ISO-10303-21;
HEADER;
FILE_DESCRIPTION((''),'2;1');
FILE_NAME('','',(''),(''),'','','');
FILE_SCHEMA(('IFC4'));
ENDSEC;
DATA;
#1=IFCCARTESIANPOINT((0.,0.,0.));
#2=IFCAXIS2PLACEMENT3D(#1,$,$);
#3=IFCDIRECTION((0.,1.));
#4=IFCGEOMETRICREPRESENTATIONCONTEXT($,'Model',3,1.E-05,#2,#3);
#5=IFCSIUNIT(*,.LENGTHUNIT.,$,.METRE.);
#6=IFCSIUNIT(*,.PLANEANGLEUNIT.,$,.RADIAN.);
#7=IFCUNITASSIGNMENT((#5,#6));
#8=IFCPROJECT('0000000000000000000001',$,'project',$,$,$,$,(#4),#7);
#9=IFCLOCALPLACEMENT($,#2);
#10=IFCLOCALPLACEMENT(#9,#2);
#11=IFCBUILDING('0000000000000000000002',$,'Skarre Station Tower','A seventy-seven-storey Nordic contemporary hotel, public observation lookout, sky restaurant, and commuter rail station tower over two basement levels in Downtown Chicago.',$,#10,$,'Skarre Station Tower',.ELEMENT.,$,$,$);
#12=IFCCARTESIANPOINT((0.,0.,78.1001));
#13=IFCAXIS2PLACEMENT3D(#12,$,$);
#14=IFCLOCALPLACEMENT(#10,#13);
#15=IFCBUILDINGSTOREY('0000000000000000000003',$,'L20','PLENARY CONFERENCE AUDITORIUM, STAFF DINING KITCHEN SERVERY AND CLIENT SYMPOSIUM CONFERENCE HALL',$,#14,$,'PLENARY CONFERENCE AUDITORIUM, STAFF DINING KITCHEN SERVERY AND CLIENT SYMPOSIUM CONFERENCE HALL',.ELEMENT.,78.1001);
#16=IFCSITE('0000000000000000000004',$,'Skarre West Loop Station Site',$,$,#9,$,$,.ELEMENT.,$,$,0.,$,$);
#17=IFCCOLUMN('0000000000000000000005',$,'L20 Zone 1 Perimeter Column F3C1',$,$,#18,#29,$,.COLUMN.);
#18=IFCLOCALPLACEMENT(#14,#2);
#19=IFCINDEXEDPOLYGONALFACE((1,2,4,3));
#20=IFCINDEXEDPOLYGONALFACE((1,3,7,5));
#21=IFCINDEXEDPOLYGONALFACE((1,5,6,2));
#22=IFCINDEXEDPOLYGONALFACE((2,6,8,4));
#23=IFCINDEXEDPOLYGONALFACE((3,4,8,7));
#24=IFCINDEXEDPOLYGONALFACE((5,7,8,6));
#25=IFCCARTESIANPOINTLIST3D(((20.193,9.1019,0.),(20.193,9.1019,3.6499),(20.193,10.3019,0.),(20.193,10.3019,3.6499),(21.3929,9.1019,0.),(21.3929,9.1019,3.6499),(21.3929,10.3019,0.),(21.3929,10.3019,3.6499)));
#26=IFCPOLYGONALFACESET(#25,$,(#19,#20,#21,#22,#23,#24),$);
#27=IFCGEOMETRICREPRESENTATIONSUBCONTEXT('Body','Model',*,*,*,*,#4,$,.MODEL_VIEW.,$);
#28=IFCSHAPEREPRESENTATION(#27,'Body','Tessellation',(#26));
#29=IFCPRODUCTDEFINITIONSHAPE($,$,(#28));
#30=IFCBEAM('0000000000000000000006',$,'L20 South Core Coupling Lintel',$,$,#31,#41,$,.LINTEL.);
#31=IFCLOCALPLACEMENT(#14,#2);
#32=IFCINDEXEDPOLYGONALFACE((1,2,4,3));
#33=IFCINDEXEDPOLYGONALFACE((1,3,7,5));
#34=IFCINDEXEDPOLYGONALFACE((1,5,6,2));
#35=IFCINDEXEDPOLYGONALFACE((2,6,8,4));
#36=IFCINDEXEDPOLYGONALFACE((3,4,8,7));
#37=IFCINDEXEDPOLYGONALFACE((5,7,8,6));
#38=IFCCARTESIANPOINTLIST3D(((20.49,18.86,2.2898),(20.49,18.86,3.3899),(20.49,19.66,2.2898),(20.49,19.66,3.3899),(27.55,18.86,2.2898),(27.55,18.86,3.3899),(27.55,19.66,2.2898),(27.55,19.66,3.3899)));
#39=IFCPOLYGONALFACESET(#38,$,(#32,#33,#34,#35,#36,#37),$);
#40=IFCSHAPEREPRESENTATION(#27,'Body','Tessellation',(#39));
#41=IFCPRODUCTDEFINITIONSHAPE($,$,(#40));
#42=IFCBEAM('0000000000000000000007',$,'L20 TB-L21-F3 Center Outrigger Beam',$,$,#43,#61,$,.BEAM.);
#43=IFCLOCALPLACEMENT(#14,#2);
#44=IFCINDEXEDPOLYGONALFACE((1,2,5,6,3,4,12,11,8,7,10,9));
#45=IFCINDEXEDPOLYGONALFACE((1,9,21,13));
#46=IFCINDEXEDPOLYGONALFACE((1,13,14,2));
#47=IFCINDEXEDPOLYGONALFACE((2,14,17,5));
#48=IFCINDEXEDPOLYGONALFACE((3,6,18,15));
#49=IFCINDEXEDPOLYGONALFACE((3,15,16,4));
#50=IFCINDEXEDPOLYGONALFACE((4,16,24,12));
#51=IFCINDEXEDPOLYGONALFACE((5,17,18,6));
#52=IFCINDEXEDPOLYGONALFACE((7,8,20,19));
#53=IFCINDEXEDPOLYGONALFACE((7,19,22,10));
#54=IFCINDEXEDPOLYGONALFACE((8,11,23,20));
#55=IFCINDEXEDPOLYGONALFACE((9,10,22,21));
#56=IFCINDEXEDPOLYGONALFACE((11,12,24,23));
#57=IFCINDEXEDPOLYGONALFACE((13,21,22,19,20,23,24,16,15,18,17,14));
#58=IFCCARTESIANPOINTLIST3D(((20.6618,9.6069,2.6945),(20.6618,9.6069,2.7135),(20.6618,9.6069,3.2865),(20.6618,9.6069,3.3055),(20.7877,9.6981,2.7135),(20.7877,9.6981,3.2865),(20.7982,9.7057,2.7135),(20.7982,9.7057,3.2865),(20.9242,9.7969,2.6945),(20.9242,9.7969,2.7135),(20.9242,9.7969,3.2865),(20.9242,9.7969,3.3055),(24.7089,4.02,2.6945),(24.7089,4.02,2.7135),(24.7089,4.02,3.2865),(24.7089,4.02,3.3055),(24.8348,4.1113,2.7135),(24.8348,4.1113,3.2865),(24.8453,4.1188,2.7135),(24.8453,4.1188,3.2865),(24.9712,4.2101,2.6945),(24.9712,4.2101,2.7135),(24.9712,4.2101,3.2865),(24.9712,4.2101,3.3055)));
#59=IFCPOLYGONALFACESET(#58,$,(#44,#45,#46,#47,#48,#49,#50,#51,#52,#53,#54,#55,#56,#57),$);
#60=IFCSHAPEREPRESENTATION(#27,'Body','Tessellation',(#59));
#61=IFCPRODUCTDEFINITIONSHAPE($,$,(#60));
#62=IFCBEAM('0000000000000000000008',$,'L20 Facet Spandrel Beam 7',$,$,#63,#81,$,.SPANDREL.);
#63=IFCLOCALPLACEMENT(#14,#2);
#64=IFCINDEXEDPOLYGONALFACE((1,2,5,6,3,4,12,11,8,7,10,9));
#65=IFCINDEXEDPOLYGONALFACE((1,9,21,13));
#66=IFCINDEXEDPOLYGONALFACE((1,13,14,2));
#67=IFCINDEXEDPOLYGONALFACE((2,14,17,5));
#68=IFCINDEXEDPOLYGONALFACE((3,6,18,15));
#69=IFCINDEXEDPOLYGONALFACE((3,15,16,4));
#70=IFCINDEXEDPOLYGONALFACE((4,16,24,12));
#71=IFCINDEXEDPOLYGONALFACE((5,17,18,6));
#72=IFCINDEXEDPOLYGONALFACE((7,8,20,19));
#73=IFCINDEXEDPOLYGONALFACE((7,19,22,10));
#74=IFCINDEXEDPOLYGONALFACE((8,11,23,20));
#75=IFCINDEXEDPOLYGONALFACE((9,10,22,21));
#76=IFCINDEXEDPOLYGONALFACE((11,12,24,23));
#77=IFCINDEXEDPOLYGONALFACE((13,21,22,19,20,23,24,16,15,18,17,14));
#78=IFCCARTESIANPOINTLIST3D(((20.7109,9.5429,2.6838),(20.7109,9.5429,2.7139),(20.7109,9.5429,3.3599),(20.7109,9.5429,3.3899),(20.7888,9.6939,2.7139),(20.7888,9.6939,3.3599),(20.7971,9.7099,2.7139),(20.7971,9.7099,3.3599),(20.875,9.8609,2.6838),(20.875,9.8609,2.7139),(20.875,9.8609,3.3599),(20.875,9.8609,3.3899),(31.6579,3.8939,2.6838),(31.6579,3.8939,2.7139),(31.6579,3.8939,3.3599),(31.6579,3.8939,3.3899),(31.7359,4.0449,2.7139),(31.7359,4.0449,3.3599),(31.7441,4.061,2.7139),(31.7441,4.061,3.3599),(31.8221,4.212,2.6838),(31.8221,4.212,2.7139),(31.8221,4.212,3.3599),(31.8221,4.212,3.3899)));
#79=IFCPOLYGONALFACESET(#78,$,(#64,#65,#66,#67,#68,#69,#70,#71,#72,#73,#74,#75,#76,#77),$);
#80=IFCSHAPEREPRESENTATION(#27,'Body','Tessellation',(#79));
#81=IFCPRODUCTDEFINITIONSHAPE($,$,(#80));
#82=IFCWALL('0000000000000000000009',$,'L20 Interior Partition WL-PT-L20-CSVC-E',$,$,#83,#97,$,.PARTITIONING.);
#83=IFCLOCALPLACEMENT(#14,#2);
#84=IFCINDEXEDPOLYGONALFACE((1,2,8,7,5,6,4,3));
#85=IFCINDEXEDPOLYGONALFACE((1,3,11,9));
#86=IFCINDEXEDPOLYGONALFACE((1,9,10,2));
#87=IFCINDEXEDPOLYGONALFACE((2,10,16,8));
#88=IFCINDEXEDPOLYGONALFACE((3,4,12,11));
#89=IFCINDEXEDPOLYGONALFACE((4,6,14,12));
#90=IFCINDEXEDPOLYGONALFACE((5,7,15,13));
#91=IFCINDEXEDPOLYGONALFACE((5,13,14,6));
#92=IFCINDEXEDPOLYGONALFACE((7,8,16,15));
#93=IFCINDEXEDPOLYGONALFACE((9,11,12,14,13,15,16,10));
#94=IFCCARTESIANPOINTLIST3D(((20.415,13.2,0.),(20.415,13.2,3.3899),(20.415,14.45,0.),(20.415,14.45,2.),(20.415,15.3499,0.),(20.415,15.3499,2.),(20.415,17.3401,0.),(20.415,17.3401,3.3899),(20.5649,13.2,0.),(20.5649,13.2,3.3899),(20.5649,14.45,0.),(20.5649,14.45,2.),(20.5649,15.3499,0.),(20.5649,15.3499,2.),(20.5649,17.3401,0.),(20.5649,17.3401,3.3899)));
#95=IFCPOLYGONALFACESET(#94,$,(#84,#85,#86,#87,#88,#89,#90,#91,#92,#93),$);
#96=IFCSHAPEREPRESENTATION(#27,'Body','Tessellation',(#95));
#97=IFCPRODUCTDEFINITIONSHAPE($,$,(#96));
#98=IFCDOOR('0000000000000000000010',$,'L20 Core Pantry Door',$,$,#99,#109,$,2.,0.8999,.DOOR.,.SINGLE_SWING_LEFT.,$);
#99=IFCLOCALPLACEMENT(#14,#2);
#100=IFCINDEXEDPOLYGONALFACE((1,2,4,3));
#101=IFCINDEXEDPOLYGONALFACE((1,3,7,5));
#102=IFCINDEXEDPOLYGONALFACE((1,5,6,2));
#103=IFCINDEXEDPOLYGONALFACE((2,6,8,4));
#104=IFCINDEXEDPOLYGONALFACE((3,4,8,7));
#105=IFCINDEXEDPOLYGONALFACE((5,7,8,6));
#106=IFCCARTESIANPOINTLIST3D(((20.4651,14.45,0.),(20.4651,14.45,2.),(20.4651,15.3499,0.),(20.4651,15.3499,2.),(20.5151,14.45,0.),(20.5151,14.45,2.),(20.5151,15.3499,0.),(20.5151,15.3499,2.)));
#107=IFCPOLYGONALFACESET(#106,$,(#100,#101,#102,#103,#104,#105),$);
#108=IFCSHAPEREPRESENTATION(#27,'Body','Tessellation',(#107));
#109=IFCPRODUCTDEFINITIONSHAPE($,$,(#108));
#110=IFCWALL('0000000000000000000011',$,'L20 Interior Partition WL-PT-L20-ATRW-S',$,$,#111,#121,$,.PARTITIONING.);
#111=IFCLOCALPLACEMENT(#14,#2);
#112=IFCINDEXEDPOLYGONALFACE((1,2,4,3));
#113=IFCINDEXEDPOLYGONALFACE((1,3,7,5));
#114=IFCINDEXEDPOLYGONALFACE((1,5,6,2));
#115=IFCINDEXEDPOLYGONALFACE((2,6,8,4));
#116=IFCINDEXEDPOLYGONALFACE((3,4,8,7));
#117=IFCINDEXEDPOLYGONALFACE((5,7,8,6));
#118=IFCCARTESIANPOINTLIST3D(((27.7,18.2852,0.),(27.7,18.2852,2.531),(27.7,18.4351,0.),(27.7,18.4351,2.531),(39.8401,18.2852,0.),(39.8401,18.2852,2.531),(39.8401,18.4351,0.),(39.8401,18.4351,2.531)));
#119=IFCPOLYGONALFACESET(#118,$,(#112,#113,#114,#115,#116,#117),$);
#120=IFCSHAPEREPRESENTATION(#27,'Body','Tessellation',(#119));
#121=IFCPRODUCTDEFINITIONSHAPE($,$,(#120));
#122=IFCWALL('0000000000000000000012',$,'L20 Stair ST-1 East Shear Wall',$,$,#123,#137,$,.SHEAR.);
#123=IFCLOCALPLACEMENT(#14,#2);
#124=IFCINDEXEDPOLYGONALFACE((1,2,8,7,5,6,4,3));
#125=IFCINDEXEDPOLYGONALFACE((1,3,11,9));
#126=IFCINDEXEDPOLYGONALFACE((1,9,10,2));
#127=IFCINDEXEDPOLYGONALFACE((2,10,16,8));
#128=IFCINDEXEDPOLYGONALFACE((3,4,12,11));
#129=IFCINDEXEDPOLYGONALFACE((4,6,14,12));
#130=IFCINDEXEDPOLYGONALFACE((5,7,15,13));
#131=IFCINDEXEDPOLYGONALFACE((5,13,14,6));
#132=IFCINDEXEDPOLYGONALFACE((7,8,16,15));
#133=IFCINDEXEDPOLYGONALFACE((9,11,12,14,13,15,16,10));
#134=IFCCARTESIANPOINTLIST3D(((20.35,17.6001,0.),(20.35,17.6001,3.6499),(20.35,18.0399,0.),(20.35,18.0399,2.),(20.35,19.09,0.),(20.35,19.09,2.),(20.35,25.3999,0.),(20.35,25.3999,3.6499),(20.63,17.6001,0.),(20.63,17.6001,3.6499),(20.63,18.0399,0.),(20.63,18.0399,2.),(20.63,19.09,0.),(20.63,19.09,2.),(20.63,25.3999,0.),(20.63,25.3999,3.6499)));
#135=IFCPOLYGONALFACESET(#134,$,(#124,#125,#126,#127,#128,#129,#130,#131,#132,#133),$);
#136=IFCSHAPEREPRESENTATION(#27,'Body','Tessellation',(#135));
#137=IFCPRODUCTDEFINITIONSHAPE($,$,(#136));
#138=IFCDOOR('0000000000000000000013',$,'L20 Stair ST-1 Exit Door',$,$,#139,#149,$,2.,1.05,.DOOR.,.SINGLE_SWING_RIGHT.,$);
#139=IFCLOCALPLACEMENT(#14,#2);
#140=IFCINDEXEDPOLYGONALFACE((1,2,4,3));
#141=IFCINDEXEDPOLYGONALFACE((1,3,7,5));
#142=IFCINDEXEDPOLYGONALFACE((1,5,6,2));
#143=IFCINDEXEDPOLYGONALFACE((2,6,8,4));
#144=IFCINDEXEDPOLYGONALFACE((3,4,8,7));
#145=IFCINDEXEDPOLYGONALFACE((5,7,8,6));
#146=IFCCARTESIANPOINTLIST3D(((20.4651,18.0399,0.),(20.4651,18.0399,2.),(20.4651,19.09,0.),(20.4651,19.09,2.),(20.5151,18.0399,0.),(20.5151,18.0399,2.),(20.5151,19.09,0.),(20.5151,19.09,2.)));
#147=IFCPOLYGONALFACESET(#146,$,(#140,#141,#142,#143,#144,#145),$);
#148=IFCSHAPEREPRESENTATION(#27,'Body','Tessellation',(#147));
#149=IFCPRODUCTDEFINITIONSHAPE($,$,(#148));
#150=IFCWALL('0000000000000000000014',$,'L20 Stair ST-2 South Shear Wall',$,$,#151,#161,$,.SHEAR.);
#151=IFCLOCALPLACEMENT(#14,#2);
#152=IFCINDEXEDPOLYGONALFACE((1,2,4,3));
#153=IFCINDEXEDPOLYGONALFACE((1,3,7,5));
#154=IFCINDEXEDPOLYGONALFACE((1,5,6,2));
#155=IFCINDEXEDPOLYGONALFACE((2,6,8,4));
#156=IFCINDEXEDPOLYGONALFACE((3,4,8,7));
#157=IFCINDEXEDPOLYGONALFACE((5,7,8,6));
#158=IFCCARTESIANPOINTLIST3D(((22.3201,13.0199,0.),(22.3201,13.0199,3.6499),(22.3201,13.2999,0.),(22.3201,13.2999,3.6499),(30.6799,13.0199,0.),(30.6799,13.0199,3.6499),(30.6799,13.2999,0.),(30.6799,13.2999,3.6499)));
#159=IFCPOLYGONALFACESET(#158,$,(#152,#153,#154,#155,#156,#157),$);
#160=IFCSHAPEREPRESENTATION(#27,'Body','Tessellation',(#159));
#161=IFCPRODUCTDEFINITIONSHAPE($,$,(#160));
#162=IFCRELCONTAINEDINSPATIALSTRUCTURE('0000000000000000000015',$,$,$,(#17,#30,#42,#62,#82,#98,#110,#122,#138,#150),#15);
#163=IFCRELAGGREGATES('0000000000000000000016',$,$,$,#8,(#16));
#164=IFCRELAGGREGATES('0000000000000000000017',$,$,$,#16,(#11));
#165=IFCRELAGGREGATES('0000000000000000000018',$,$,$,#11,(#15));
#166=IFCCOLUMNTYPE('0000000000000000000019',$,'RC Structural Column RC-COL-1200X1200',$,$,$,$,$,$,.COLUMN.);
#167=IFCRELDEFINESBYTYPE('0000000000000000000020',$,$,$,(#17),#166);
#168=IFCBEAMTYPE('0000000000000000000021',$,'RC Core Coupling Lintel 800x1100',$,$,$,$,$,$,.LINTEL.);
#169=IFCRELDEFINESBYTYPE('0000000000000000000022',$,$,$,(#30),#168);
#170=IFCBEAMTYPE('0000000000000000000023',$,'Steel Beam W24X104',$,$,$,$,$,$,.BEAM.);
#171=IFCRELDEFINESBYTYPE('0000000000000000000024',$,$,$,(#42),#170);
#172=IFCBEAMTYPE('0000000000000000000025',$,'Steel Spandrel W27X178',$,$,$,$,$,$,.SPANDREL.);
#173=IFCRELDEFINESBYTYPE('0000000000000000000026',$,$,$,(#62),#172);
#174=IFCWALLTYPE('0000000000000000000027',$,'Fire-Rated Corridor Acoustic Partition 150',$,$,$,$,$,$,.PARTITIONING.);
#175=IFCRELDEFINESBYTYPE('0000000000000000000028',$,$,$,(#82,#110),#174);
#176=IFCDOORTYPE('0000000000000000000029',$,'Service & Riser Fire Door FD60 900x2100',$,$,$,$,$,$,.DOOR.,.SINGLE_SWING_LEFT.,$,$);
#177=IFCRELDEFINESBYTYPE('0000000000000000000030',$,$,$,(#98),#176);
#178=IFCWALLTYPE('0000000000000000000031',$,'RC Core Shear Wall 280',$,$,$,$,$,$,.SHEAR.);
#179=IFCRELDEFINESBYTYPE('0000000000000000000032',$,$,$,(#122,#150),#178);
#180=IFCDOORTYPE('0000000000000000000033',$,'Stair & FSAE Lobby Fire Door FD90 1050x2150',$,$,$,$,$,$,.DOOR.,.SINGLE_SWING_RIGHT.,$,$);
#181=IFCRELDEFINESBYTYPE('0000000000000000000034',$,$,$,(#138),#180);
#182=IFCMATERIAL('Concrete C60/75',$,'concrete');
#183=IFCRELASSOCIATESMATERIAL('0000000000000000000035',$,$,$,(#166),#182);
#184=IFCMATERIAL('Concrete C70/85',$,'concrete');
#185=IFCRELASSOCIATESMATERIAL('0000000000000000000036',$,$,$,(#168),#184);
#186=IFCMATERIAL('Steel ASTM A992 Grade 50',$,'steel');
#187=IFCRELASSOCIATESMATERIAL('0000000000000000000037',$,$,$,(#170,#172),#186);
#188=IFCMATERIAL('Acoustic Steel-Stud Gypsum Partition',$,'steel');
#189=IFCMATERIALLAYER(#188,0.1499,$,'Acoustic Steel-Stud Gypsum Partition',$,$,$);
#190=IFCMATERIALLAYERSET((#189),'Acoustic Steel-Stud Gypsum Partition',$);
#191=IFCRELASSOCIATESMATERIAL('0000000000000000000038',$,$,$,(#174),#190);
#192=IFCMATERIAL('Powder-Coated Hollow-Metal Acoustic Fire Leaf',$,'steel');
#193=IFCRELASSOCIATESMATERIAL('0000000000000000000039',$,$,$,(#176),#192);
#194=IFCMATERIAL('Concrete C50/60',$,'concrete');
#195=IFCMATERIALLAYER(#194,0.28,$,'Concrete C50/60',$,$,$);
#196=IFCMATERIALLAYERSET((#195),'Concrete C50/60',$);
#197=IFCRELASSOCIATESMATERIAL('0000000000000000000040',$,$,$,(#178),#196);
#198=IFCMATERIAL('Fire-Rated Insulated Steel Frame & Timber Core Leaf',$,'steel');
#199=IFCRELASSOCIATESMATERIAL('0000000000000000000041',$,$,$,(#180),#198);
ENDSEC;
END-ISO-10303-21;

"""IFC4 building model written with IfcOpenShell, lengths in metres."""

from ifc_helpers import new_model, si_unit, direction, frame, frame_2d, origin, origin_2d, place, context, subcontext, project, spatial, rectangle, i_section, extrude, material, layer, layer_set, material_profile, profile_set, type_object, element, fill, save


model = new_model("IFC4")

# Units and contexts
model_context = context("Model", 3, precision=1e-05, world=origin(), true_north=direction((0.0, 1.0)))
body_context = subcontext(model_context, "Body", "Model", "MODEL_VIEW")
ifc_project = project(units=[si_unit("LENGTHUNIT", "METRE"), si_unit("PLANEANGLEUNIT", "RADIAN")], contexts=[model_context])

# Site, building, storey
site_placement = place(None, origin())
site = spatial("IfcSite", under=ifc_project, at=site_placement, Name="Skarre West Loop Station Site", CompositionType="ELEMENT", RefElevation=0.0)
building_placement = place(site_placement, origin())
building = spatial("IfcBuilding", under=site, at=building_placement, Name="Skarre Station Tower", Description="A seventy-seven-storey Nordic contemporary hotel, public observation lookout, sky restaurant, and commuter rail station tower over two basement levels in Downtown Chicago.", LongName="Skarre Station Tower", CompositionType="ELEMENT")
storey_placement = place(building_placement, frame((0.0, 0.0, 78.1001)))
storey = spatial("IfcBuildingStorey", under=building, at=storey_placement, Name="L20", Description="PLENARY CONFERENCE AUDITORIUM, STAFF DINING KITCHEN SERVERY AND CLIENT SYMPOSIUM CONFERENCE HALL", LongName="PLENARY CONFERENCE AUDITORIUM, STAFF DINING KITCHEN SERVERY AND CLIENT SYMPOSIUM CONFERENCE HALL", CompositionType="ELEMENT", Elevation=78.1001)

# Column
ifc_material_1 = material(Name="Concrete C60/75", Category="concrete")
ifc_material_profile_1 = material_profile(ifc_material_1, rectangle(XDim=1.2, YDim=1.2, at=origin_2d()), Name="Concrete C60/75")
ifc_profile_set_1 = profile_set([ifc_material_profile_1], Name="Concrete C60/75")
column_type = type_object("IfcColumnType", Name="RC Structural Column RC-COL-1200X1200", PredefinedType="COLUMN", material=ifc_profile_set_1)
column_placement = place(storey_placement, frame((20.793, 9.7019, 0.0), z_axis=(0.0, 0.0, 1.0), x_axis=(1.0, 0.0, 0.0)))
element("IfcColumn", 1, at=column_placement, inside=storey, type_object=column_type, Name="L20 Zone 1 Perimeter Column F3C1", PredefinedType="COLUMN", context=body_context, shape_type="SweptSolid", body=[
    extrude(rectangle(XDim=1.2, YDim=1.2, at=origin_2d()), origin(), (0.0, 0.0, 1.0), 3.6499),
])

# Beams
ifc_material_2 = material(Name="Concrete C70/85", Category="concrete")
ifc_material_profile_2 = material_profile(ifc_material_2, rectangle(XDim=0.8, YDim=1.1001, at=origin_2d()), Name="Concrete C70/85")
ifc_profile_set_2 = profile_set([ifc_material_profile_2], Name="Concrete C70/85")
beam_type_1 = type_object("IfcBeamType", Name="RC Core Coupling Lintel 800x1100", PredefinedType="LINTEL", material=ifc_profile_set_2)
beam_1_placement = place(storey_placement, frame((20.49, 19.26, 2.8398), z_axis=(1.0, 0.0, 0.0), x_axis=(0.0, 1.0, 0.0)))
element("IfcBeam", 2, at=beam_1_placement, inside=storey, type_object=beam_type_1, Name="L20 South Core Coupling Lintel", PredefinedType="LINTEL", context=body_context, shape_type="SweptSolid", body=[
    extrude(rectangle(XDim=0.8, YDim=1.1001, at=origin_2d()), origin(), (0.0, 0.0, 1.0), 7.0601),
])
ifc_material_3 = material(Name="Steel ASTM A992 Grade 50", Category="steel")
ifc_material_profile_3 = material_profile(ifc_material_3, i_section(OverallWidth=0.324, OverallDepth=0.6111, WebThickness=0.0129, FlangeThickness=0.019, at=origin_2d()), Name="Steel ASTM A992 Grade 50")
ifc_profile_set_3 = profile_set([ifc_material_profile_3], Name="Steel ASTM A992 Grade 50")
beam_type_2 = type_object("IfcBeamType", Name="Steel Beam W24X104", PredefinedType="BEAM", material=ifc_profile_set_3)
beam_2_placement = place(storey_placement, frame((20.793, 9.7019, 3.0), z_axis=(0.586645, -0.809844, 0.0), x_axis=(0.809844, 0.586645, 0.0)))
element("IfcBeam", 3, at=beam_2_placement, inside=storey, type_object=beam_type_2, Name="L20 TB-L21-F3 Center Outrigger Beam", PredefinedType="BEAM", context=body_context, shape_type="SweptSolid", body=[
    extrude(i_section(OverallWidth=0.324, OverallDepth=0.6111, WebThickness=0.0129, FlangeThickness=0.019, at=origin_2d()), origin(), (0.0, 0.0, 1.0), 6.8987),
])
ifc_material_profile_4 = material_profile(ifc_material_3, i_section(OverallWidth=0.3579, OverallDepth=0.7061, WebThickness=0.0181, FlangeThickness=0.03, at=origin_2d()), Name="Steel ASTM A992 Grade 50")
ifc_profile_set_4 = profile_set([ifc_material_profile_4], Name="Steel ASTM A992 Grade 50")
beam_type_3 = type_object("IfcBeamType", Name="Steel Spandrel W27X178", PredefinedType="SPANDREL", material=ifc_profile_set_4)
beam_3_placement = place(storey_placement, frame((20.793, 9.7019, 3.0369), z_axis=(0.888659, -0.458569, 0.0), x_axis=(0.458569, 0.888659, 0.0)))
element("IfcBeam", 4, at=beam_3_placement, inside=storey, type_object=beam_type_3, Name="L20 Facet Spandrel Beam 7", PredefinedType="SPANDREL", context=body_context, shape_type="SweptSolid", body=[
    extrude(i_section(OverallWidth=0.3579, OverallDepth=0.7061, WebThickness=0.0181, FlangeThickness=0.03, at=origin_2d()), origin(), (0.0, 0.0, 1.0), 12.3186),
])

# Wall, opening, door
ifc_material_4 = material(Name="Acoustic Steel-Stud Gypsum Partition", Category="steel")
ifc_layer_1 = layer(ifc_material_4, 0.1499, Name="Acoustic Steel-Stud Gypsum Partition")
ifc_layer_set_1 = layer_set([ifc_layer_1], Name="Acoustic Steel-Stud Gypsum Partition")
wall_type_1 = type_object("IfcWallType", Name="Fire-Rated Corridor Acoustic Partition 150", PredefinedType="PARTITIONING", material=ifc_layer_set_1)
wall_1_placement = place(storey_placement, frame((20.49, 13.2, 0.0), z_axis=(0.0, 0.0, 1.0), x_axis=(0.0, 1.0, 0.0)))
wall_1 = element("IfcWall", 5, at=wall_1_placement, inside=storey, type_object=wall_type_1, Name="L20 Interior Partition WL-PT-L20-CSVC-E", PredefinedType="PARTITIONING", context=body_context, shape_type="SweptSolid", body=[
    extrude(rectangle(XDim=4.1401, YDim=0.1499, at=frame_2d((2.0701, 0.0))), origin(), (0.0, 0.0, 1.0), 3.3899),
])
opening_1_placement = place(wall_1_placement, frame((1.25, 0.0, 0.0)))
opening_1 = element("IfcOpeningElement", 6, at=opening_1_placement, cuts=wall_1, PredefinedType="OPENING", context=body_context, shape_type="SweptSolid", body=[
    extrude(rectangle(XDim=0.8999, YDim=2.0, at=frame_2d((0.45, 1.0))), frame((0.0, 0.085, 0.0), z_axis=(0.0, -1.0, 0.0), x_axis=(1.0, 0.0, 0.0)), (0.0, 0.0, 1.0), 0.1699),
])
ifc_material_5 = material(Name="Powder-Coated Hollow-Metal Acoustic Fire Leaf", Category="steel")
door_type_1 = type_object("IfcDoorType", Name="Service & Riser Fire Door FD60 900x2100", OperationType="SINGLE_SWING_LEFT", PredefinedType="DOOR", material=ifc_material_5)
door_1_placement = place(opening_1_placement, origin())
door_1 = element("IfcDoor", 7, at=door_1_placement, inside=storey, type_object=door_type_1, Name="L20 Core Pantry Door", OperationType="SINGLE_SWING_LEFT", OverallHeight=2.0, OverallWidth=0.8999, PredefinedType="DOOR", context=body_context, shape_type="SweptSolid", body=[
    extrude(rectangle(XDim=0.8999, YDim=2.0, at=frame_2d((0.45, 1.0))), frame((0.0, 0.0249, 0.0), z_axis=(0.0, -1.0, 0.0), x_axis=(1.0, 0.0, 0.0)), (0.0, 0.0, 1.0), 0.05),
])
fill(opening_1, door_1)

# Wall
wall_2_placement = place(storey_placement, frame((27.7, 18.3601, 0.0), z_axis=(0.0, 0.0, 1.0), x_axis=(1.0, 0.0, 0.0)))
element("IfcWall", 8, at=wall_2_placement, inside=storey, type_object=wall_type_1, Name="L20 Interior Partition WL-PT-L20-ATRW-S", PredefinedType="PARTITIONING", context=body_context, shape_type="SweptSolid", body=[
    extrude(rectangle(XDim=12.1401, YDim=0.1499, at=frame_2d((6.0701, 0.0))), origin(), (0.0, 0.0, 1.0), 2.531),
])

# Wall, opening, door
ifc_material_6 = material(Name="Concrete C50/60", Category="concrete")
ifc_layer_2 = layer(ifc_material_6, 0.28, Name="Concrete C50/60")
ifc_layer_set_2 = layer_set([ifc_layer_2], Name="Concrete C50/60")
wall_type_2 = type_object("IfcWallType", Name="RC Core Shear Wall 280", PredefinedType="SHEAR", material=ifc_layer_set_2)
wall_3_placement = place(storey_placement, frame((20.49, 17.6001, 0.0), z_axis=(0.0, 0.0, 1.0), x_axis=(0.0, 1.0, 0.0)))
wall_3 = element("IfcWall", 9, at=wall_3_placement, inside=storey, type_object=wall_type_2, Name="L20 Stair ST-1 East Shear Wall", PredefinedType="SHEAR", context=body_context, shape_type="SweptSolid", body=[
    extrude(rectangle(XDim=7.7998, YDim=0.28, at=frame_2d((3.8999, 0.0))), origin(), (0.0, 0.0, 1.0), 3.6499),
])
opening_2_placement = place(wall_3_placement, frame((0.4399, 0.0, 0.0)))
opening_2 = element("IfcOpeningElement", 10, at=opening_2_placement, cuts=wall_3, PredefinedType="OPENING", context=body_context, shape_type="SweptSolid", body=[
    extrude(rectangle(XDim=1.05, YDim=2.0, at=frame_2d((0.5249, 1.0))), frame((0.0, 0.1499, 0.0), z_axis=(0.0, -1.0, 0.0), x_axis=(1.0, 0.0, 0.0)), (0.0, 0.0, 1.0), 0.3),
])
ifc_material_7 = material(Name="Fire-Rated Insulated Steel Frame & Timber Core Leaf", Category="steel")
door_type_2 = type_object("IfcDoorType", Name="Stair & FSAE Lobby Fire Door FD90 1050x2150", OperationType="SINGLE_SWING_RIGHT", PredefinedType="DOOR", material=ifc_material_7)
door_2_placement = place(opening_2_placement, origin())
door_2 = element("IfcDoor", 11, at=door_2_placement, inside=storey, type_object=door_type_2, Name="L20 Stair ST-1 Exit Door", OperationType="SINGLE_SWING_RIGHT", OverallHeight=2.0, OverallWidth=1.05, PredefinedType="DOOR", context=body_context, shape_type="SweptSolid", body=[
    extrude(rectangle(XDim=1.05, YDim=2.0, at=frame_2d((0.5249, 1.0))), frame((0.0, 0.0249, 0.0), z_axis=(0.0, -1.0, 0.0), x_axis=(1.0, 0.0, 0.0)), (0.0, 0.0, 1.0), 0.05),
])
fill(opening_2, door_2)

# Wall
wall_4_placement = place(storey_placement, frame((22.3201, 13.1599, 0.0), z_axis=(0.0, 0.0, 1.0), x_axis=(1.0, 0.0, 0.0)))
element("IfcWall", 12, at=wall_4_placement, inside=storey, type_object=wall_type_2, Name="L20 Stair ST-2 South Shear Wall", PredefinedType="SHEAR", context=body_context, shape_type="SweptSolid", body=[
    extrude(rectangle(XDim=8.3599, YDim=0.28, at=frame_2d((4.1799, 0.0))), origin(), (0.0, 0.0, 1.0), 3.6499),
])

save(model, "model.ifc")
